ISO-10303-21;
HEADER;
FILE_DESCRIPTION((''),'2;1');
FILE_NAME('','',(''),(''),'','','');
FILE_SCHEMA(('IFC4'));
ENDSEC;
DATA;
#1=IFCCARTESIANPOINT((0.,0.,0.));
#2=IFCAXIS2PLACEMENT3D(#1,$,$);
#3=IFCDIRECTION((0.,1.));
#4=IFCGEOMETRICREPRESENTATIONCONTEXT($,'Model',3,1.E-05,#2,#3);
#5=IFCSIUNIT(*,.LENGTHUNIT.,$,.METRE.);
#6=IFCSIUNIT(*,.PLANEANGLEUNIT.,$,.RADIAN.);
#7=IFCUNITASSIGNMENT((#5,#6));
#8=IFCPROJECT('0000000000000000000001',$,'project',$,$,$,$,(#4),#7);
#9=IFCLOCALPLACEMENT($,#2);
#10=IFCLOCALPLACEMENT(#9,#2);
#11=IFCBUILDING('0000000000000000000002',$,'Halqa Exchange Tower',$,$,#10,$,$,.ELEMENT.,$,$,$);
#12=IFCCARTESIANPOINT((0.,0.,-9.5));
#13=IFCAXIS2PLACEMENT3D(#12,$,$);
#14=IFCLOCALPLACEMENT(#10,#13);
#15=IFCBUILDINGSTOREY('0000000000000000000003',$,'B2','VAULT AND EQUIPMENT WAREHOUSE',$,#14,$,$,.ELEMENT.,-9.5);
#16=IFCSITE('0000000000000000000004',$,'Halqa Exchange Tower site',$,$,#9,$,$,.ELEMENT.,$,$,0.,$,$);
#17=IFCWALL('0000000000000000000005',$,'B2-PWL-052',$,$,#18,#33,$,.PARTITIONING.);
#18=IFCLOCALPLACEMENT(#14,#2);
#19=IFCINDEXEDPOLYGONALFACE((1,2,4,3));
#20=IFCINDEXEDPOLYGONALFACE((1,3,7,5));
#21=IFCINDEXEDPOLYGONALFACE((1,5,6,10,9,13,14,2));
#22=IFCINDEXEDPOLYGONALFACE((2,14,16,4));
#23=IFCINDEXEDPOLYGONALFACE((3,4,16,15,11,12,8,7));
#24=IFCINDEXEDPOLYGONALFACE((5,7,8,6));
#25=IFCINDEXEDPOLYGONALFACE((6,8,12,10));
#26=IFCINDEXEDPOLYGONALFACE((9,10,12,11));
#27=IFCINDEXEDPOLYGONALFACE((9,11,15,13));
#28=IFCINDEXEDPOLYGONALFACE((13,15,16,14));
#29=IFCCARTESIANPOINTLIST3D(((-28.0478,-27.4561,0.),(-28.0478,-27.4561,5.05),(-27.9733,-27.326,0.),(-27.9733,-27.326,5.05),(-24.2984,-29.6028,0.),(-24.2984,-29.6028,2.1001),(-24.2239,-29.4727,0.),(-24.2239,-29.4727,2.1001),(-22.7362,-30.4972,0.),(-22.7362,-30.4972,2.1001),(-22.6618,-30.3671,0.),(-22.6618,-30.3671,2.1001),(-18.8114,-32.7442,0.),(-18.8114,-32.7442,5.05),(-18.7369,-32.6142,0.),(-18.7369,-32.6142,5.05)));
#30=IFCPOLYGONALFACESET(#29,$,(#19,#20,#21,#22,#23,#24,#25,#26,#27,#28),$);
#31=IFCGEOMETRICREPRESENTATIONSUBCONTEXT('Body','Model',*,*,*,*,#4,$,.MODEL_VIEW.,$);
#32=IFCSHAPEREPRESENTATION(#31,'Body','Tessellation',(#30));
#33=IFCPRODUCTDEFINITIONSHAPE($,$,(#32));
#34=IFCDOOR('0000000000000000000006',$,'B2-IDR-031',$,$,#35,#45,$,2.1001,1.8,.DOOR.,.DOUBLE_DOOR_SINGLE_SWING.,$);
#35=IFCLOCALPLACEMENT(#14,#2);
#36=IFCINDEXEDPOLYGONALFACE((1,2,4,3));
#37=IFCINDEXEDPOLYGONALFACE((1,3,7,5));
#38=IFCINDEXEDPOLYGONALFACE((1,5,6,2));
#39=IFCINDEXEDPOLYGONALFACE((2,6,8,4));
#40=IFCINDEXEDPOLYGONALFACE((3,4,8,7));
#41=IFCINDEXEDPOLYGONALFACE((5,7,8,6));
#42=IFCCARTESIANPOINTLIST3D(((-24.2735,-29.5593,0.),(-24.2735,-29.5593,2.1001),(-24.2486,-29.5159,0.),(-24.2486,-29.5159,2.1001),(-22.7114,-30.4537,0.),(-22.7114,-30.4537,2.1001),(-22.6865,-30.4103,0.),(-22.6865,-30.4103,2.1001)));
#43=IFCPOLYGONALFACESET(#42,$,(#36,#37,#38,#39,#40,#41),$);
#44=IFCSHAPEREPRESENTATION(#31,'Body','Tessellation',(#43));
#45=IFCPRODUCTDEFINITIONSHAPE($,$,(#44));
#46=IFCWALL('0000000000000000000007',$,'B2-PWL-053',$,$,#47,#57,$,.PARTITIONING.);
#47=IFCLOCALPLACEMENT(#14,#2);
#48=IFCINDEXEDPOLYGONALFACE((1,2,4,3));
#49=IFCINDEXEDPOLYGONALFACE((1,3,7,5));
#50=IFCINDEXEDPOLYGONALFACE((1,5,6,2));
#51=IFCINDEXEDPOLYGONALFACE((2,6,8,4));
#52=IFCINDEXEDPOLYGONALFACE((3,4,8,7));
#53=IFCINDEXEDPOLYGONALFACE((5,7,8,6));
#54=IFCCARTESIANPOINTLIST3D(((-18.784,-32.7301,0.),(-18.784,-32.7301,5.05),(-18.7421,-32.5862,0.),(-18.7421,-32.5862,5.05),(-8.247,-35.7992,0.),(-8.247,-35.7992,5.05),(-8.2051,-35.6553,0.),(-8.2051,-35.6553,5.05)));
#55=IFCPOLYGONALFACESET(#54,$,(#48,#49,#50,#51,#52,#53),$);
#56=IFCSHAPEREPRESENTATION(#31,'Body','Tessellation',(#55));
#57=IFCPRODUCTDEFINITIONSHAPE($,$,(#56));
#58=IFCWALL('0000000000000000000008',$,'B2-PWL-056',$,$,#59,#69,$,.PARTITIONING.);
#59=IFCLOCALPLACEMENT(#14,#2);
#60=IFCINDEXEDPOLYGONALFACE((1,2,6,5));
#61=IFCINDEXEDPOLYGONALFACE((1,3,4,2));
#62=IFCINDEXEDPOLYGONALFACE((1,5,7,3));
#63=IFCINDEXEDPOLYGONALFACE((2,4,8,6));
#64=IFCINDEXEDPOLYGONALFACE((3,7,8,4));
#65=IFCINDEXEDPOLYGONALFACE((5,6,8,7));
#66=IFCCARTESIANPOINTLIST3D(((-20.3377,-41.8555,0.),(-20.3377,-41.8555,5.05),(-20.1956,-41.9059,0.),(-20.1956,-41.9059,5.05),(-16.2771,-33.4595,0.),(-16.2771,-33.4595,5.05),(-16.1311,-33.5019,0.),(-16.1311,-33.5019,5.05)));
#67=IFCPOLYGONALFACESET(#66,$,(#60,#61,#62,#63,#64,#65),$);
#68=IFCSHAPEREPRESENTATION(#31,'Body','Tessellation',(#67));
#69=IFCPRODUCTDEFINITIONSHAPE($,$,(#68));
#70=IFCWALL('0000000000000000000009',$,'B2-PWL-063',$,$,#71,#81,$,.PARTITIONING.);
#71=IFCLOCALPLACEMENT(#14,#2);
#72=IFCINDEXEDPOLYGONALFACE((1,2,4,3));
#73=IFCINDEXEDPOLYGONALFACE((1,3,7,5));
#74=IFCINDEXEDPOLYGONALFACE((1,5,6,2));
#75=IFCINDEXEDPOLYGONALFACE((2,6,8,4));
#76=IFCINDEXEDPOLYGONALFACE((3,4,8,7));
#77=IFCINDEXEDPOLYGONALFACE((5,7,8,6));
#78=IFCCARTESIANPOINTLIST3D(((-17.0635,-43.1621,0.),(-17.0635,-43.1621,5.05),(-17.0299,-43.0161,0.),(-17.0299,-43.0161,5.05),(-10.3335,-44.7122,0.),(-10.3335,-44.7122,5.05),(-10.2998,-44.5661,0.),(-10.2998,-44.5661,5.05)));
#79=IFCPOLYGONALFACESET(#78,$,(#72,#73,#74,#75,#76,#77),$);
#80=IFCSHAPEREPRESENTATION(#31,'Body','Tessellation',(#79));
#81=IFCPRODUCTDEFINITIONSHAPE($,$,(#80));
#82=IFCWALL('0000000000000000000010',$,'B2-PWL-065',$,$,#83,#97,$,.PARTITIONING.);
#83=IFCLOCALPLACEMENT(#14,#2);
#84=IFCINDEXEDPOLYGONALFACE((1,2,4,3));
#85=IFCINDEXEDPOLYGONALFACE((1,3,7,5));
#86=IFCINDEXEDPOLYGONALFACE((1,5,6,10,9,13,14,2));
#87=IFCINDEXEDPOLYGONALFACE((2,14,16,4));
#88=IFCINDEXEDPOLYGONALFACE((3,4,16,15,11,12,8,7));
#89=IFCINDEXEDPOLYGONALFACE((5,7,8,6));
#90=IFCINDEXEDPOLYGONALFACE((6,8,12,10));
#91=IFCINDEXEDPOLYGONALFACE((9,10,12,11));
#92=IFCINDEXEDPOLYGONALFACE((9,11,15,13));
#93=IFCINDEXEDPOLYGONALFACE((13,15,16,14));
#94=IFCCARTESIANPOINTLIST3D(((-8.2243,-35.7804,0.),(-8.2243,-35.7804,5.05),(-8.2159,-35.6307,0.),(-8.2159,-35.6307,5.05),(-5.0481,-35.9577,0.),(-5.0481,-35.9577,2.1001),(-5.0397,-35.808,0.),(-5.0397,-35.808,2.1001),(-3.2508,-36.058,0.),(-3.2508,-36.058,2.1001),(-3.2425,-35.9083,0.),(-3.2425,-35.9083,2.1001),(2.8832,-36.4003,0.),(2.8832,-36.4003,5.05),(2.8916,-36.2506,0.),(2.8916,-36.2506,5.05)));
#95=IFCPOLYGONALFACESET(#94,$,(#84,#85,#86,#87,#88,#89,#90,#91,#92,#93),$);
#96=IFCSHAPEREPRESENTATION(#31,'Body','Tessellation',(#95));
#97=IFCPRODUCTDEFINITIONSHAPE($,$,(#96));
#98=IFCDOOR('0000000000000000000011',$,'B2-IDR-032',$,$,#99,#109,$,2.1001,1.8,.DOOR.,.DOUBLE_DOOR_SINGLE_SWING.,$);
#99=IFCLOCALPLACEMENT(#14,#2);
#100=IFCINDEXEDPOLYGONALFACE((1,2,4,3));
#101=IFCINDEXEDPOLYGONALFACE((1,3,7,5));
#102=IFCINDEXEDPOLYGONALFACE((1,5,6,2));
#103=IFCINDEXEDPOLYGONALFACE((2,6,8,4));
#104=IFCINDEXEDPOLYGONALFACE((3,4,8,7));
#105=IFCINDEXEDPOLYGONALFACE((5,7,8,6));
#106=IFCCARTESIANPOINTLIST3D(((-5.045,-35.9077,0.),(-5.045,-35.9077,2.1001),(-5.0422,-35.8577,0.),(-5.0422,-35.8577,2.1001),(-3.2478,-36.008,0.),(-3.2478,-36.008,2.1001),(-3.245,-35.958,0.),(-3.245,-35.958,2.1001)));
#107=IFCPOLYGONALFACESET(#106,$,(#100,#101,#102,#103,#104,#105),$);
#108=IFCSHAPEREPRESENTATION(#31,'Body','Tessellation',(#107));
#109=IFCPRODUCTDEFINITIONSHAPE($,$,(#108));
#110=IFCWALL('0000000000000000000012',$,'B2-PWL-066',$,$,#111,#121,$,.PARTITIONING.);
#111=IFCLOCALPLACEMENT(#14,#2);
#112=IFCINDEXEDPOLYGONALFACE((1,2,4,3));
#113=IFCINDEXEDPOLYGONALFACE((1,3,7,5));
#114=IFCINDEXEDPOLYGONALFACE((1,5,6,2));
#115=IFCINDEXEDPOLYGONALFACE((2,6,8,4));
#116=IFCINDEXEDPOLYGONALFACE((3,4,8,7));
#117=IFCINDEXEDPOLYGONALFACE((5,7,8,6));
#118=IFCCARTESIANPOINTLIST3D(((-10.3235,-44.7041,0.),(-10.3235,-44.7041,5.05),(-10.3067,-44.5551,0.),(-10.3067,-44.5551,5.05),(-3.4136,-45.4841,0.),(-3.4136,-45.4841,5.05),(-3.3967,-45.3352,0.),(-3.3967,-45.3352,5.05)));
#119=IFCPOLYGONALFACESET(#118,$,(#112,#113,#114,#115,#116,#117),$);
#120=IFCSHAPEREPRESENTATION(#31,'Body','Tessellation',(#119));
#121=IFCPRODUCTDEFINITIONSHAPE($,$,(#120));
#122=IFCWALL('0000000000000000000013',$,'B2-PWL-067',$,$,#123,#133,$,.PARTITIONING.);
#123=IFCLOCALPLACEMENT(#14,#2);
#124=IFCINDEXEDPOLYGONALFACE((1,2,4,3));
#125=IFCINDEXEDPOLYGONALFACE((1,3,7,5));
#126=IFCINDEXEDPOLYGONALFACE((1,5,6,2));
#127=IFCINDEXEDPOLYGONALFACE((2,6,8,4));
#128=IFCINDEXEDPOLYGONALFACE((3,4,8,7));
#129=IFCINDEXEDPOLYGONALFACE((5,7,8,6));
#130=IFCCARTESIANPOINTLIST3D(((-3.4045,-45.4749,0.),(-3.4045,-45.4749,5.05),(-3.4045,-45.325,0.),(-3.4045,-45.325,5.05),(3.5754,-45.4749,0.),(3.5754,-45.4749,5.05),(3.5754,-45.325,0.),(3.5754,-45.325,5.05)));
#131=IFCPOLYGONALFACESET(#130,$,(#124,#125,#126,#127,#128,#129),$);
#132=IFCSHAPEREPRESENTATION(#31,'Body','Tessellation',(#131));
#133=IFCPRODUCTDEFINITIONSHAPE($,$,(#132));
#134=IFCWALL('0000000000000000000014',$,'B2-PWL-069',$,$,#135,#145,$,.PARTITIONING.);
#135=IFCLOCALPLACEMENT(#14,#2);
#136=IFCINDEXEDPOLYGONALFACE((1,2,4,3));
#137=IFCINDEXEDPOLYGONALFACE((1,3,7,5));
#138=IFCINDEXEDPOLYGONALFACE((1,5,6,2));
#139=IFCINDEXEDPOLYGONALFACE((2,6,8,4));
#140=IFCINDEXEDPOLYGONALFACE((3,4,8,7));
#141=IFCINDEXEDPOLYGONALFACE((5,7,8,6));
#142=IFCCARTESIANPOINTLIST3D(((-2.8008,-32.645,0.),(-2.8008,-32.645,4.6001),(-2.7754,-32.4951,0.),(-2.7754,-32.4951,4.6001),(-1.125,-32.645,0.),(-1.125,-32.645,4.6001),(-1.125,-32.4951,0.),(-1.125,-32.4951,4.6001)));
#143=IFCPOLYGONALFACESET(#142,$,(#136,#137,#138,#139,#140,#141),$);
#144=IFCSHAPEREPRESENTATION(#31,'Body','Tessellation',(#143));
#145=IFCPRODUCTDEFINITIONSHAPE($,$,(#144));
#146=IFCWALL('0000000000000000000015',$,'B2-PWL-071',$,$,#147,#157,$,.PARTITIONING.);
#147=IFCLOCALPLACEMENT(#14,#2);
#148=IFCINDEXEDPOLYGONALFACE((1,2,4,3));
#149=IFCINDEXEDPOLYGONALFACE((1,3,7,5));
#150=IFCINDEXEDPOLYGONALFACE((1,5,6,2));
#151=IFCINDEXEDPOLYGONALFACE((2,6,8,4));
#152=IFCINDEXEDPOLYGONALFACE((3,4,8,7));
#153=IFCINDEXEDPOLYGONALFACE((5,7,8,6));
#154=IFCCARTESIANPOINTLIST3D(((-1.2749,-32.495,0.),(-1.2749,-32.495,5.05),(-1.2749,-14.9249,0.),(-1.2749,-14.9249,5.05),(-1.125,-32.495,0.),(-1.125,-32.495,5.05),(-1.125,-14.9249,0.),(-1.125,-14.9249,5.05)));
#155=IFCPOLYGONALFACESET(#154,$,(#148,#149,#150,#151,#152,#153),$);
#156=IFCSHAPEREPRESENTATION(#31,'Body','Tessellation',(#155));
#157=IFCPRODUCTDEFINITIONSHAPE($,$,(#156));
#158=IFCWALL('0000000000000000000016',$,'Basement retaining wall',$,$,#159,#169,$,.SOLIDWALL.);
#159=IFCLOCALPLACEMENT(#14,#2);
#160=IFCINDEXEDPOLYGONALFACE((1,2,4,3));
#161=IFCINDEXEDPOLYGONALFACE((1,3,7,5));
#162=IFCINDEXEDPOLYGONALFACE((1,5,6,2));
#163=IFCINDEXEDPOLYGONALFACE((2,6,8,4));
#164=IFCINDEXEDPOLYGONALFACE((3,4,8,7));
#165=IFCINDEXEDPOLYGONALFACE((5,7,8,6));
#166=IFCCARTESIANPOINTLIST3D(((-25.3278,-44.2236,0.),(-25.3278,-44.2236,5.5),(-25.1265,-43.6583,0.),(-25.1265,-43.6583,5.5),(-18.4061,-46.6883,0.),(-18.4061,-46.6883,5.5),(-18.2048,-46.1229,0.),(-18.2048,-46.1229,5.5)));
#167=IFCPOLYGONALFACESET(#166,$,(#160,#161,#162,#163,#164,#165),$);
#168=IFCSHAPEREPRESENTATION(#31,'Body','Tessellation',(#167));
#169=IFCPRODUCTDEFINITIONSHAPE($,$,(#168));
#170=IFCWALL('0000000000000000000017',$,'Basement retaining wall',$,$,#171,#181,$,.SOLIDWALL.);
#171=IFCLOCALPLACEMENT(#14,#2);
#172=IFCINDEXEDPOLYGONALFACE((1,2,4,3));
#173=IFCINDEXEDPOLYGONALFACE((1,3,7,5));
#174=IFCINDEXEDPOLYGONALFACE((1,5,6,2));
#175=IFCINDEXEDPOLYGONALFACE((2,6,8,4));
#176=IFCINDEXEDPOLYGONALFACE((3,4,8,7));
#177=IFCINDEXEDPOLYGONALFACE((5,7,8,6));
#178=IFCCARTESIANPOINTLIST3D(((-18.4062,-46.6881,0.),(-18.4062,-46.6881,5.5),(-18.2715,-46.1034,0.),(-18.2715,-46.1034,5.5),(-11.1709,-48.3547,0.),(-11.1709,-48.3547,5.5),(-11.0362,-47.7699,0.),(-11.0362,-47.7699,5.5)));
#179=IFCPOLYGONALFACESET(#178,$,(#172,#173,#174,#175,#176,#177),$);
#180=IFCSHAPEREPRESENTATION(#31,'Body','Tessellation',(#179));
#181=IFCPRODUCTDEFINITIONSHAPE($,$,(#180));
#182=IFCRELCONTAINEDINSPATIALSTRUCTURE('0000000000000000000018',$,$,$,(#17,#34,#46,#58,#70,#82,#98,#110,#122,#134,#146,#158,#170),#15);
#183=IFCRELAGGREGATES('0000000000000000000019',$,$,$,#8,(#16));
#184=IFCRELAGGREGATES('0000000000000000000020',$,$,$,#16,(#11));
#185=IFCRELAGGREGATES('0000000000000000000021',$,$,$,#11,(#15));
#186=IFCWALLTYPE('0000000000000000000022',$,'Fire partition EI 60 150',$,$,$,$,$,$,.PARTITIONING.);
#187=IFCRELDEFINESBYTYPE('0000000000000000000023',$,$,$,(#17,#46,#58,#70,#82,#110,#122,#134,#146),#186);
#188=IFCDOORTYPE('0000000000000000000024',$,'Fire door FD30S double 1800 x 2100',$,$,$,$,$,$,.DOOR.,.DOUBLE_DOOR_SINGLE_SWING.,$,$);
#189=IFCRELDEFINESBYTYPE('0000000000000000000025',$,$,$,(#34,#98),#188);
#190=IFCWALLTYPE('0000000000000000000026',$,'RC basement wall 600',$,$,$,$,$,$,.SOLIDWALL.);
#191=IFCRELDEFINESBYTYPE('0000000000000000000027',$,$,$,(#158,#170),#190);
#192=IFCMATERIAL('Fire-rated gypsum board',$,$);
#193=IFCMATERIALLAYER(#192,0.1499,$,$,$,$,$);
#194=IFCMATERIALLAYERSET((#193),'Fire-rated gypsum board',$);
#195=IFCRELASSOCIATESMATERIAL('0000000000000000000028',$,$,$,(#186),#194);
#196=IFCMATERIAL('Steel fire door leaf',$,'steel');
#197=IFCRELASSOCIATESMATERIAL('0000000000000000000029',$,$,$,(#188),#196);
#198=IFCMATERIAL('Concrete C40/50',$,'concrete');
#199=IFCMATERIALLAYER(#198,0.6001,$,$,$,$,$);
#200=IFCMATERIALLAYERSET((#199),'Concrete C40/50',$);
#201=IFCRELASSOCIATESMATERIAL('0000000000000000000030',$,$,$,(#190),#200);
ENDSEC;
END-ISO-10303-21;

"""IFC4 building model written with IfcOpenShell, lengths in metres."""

from ifc_helpers import new_model, si_unit, direction, frame, frame_2d, origin, place, context, subcontext, project, spatial, polyline, rectangle, outline, extrude, material, layer, layer_set, type_object, element, fill, save


model = new_model("IFC4")

# Units and contexts
model_context = context("Model", 3, precision=1e-05, world=origin(), true_north=direction((0.0, 1.0)))
body_context = subcontext(model_context, "Body", "Model", "MODEL_VIEW")
ifc_project = project(units=[si_unit("LENGTHUNIT", "METRE"), si_unit("PLANEANGLEUNIT", "RADIAN")], contexts=[model_context])

# Site, building, storey
site_placement = place(None, origin())
site = spatial("IfcSite", under=ifc_project, at=site_placement, Name="Halqa Exchange Tower site", CompositionType="ELEMENT", RefElevation=0.0)
building_placement = place(site_placement, origin())
building = spatial("IfcBuilding", under=site, at=building_placement, Name="Halqa Exchange Tower", CompositionType="ELEMENT")
storey_placement = place(building_placement, frame((0.0, 0.0, -9.5)))
storey = spatial("IfcBuildingStorey", under=building, at=storey_placement, Name="B2", Description="VAULT AND EQUIPMENT WAREHOUSE", CompositionType="ELEMENT", Elevation=-9.5)

# Shared definitions
ifc_material_1 = material(Name="Fire-rated gypsum board")
ifc_layer_1 = layer(ifc_material_1, 0.1499)
ifc_layer_set_1 = layer_set([ifc_layer_1], Name="Fire-rated gypsum board")
wall_type_1 = type_object("IfcWallType", Name="Fire partition EI 60 150", PredefinedType="PARTITIONING", material=ifc_layer_set_1)

# Wall, opening, door
wall_1_placement = place(storey_placement, frame((-18.7742, -32.6792, 0.0), z_axis=(0.0, 0.0, 1.0), x_axis=(-0.867831, 0.49686, 0.0)))
wall_1 = element("IfcWall", 1, at=wall_1_placement, inside=storey, type_object=wall_type_1, Name="B2-PWL-052", PredefinedType="PARTITIONING", context=body_context, shape_type="SweptSolid", body=[
    extrude(rectangle(XDim=10.6431, YDim=0.1499, at=frame_2d((5.3215, 0.0))), origin(), (0.0, 0.0, 1.0), 5.05),
])
opening_1_placement = place(wall_1_placement, frame((4.5227, 0.0, 0.0)))
opening_1 = element("IfcOpeningElement", 2, at=opening_1_placement, cuts=wall_1, PredefinedType="OPENING", context=body_context, shape_type="SweptSolid", body=[
    extrude(rectangle(XDim=1.8, YDim=2.1001, at=frame_2d((0.8999, 1.05))), frame((0.0, 0.0869, 0.0), z_axis=(0.0, -1.0, 0.0), x_axis=(1.0, 0.0, 0.0)), (0.0, 0.0, 1.0), 0.1738),
])
ifc_material_2 = material(Name="Steel fire door leaf", Category="steel")
door_type = type_object("IfcDoorType", Name="Fire door FD30S double 1800 x 2100", OperationType="DOUBLE_DOOR_SINGLE_SWING", PredefinedType="DOOR", material=ifc_material_2)
door_1_placement = place(opening_1_placement, origin())
door_1 = element("IfcDoor", 3, at=door_1_placement, inside=storey, type_object=door_type, Name="B2-IDR-031", OperationType="DOUBLE_DOOR_SINGLE_SWING", OverallHeight=2.1001, OverallWidth=1.8, PredefinedType="DOOR", context=body_context, shape_type="SweptSolid", body=[
    extrude(rectangle(XDim=1.8, YDim=2.1001, at=frame_2d((0.8999, 1.05))), frame((0.0, 0.0249, 0.0), z_axis=(0.0, -1.0, 0.0), x_axis=(1.0, 0.0, 0.0)), (0.0, 0.0, 1.0), 0.05),
])
fill(opening_1, door_1)

# Walls
wall_2_placement = place(storey_placement, frame((-18.7629, -32.6582, 0.0), z_axis=(0.0, 0.0, 1.0), x_axis=(0.960104, -0.279645, 0.0)))
element("IfcWall", 4, at=wall_2_placement, inside=storey, type_object=wall_type_1, Name="B2-PWL-053", PredefinedType="PARTITIONING", context=body_context, shape_type="SweptSolid", body=[
    extrude(rectangle(XDim=10.9749, YDim=0.1499, at=frame_2d((5.4873, 0.0))), origin(), (0.0, 0.0, 1.0), 5.05),
])
wall_3_placement = place(storey_placement, frame((-16.2041, -33.4807, 0.0), z_axis=(0.0, 0.0, 1.0), x_axis=(-0.43539, -0.900242, 0.0)))
element("IfcWall", 5, at=wall_3_placement, inside=storey, type_object=wall_type_1, Name="B2-PWL-056", PredefinedType="PARTITIONING", context=body_context, shape_type="SweptSolid", body=[
    extrude(outline(polyline([(0.0127, -0.075), (9.3391, -0.075), (9.3225, 0.075), (-0.0127, 0.075), (0.0127, -0.075)])), origin(), (0.0, 0.0, 1.0), 5.05),
])
wall_4_placement = place(storey_placement, frame((-10.3167, -44.6392, 0.0), z_axis=(0.0, 0.0, 1.0), x_axis=(-0.974487, 0.224444, 0.0)))
element("IfcWall", 6, at=wall_4_placement, inside=storey, type_object=wall_type_1, Name="B2-PWL-063", PredefinedType="PARTITIONING", context=body_context, shape_type="SweptSolid", body=[
    extrude(rectangle(XDim=6.9062, YDim=0.1499, at=frame_2d((3.4531, 0.0))), origin(), (0.0, 0.0, 1.0), 5.05),
])

# Wall, opening, door
wall_5_placement = place(storey_placement, frame((-8.2202, -35.7056, 0.0), z_axis=(0.0, 0.0, 1.0), x_axis=(0.998446, -0.05572, 0.0)))
wall_5 = element("IfcWall", 7, at=wall_5_placement, inside=storey, type_object=wall_type_1, Name="B2-PWL-065", PredefinedType="PARTITIONING", context=body_context, shape_type="SweptSolid", body=[
    extrude(rectangle(XDim=11.1248, YDim=0.1499, at=frame_2d((5.5625, 0.0))), origin(), (0.0, 0.0, 1.0), 5.05),
])
opening_2_placement = place(wall_5_placement, frame((3.1814, 0.0, 0.0)))
opening_2 = element("IfcOpeningElement", 8, at=opening_2_placement, cuts=wall_5, PredefinedType="OPENING", context=body_context, shape_type="SweptSolid", body=[
    extrude(rectangle(XDim=1.8, YDim=2.1001, at=frame_2d((0.8999, 1.05))), frame((0.0, 0.0869, 0.0), z_axis=(0.0, -1.0, 0.0), x_axis=(1.0, 0.0, 0.0)), (0.0, 0.0, 1.0), 0.1738),
])
door_2_placement = place(opening_2_placement, frame((1.8, 0.0, 0.0), z_axis=(0.0, 0.0, 1.0), x_axis=(-1.0, 0.0, 0.0)))
door_2 = element("IfcDoor", 9, at=door_2_placement, inside=storey, type_object=door_type, Name="B2-IDR-032", OperationType="DOUBLE_DOOR_SINGLE_SWING", OverallHeight=2.1001, OverallWidth=1.8, PredefinedType="DOOR", context=body_context, shape_type="SweptSolid", body=[
    extrude(rectangle(XDim=1.8, YDim=2.1001, at=frame_2d((0.8999, 1.05))), frame((0.0, 0.0249, 0.0), z_axis=(0.0, -1.0, 0.0), x_axis=(1.0, 0.0, 0.0)), (0.0, 0.0, 1.0), 0.05),
])
fill(opening_2, door_2)

# Walls
wall_6_placement = place(storey_placement, frame((-3.405, -45.4097, 0.0), z_axis=(0.0, 0.0, 1.0), x_axis=(-0.993689, 0.112173, 0.0)))
element("IfcWall", 10, at=wall_6_placement, inside=storey, type_object=wall_type_1, Name="B2-PWL-066", PredefinedType="PARTITIONING", context=body_context, shape_type="SweptSolid", body=[
    extrude(rectangle(XDim=6.9539, YDim=0.1499, at=frame_2d((3.4771, 0.0))), origin(), (0.0, 0.0, 1.0), 5.05),
])
wall_7_placement = place(storey_placement, frame((-3.4045, -45.3999, 0.0), z_axis=(0.0, 0.0, 1.0), x_axis=(1.0, 0.0, 0.0)))
element("IfcWall", 11, at=wall_7_placement, inside=storey, type_object=wall_type_1, Name="B2-PWL-067", PredefinedType="PARTITIONING", context=body_context, shape_type="SweptSolid", body=[
    extrude(rectangle(XDim=6.98, YDim=0.1499, at=frame_2d((3.49, 0.0))), origin(), (0.0, 0.0, 1.0), 5.05),
])
wall_8_placement = place(storey_placement, frame((-2.7881, -32.5701, 0.0), z_axis=(0.0, 0.0, 1.0), x_axis=(1.0, 0.0, 0.0)))
element("IfcWall", 12, at=wall_8_placement, inside=storey, type_object=wall_type_1, Name="B2-PWL-069", PredefinedType="PARTITIONING", context=body_context, shape_type="SweptSolid", body=[
    extrude(outline(polyline([(-0.0127, -0.075), (1.6631, -0.075), (1.6631, 0.075), (0.0127, 0.075), (-0.0127, -0.075)])), origin(), (0.0, 0.0, 1.0), 4.6001),
])
wall_9_placement = place(storey_placement, frame((-1.2, -32.4951, 0.0), z_axis=(0.0, 0.0, 1.0), x_axis=(0.0, 1.0, 0.0)))
element("IfcWall", 13, at=wall_9_placement, inside=storey, type_object=wall_type_1, Name="B2-PWL-071", PredefinedType="PARTITIONING", context=body_context, shape_type="SweptSolid", body=[
    extrude(rectangle(XDim=17.5701, YDim=0.1499, at=frame_2d((8.7852, 0.0))), origin(), (0.0, 0.0, 1.0), 5.05),
])
ifc_material_3 = material(Name="Concrete C40/50", Category="concrete")
ifc_layer_2 = layer(ifc_material_3, 0.6001)
ifc_layer_set_2 = layer_set([ifc_layer_2], Name="Concrete C40/50")
wall_type_2 = type_object("IfcWallType", Name="RC basement wall 600", PredefinedType="SOLIDWALL", material=ifc_layer_set_2)
wall_10_placement = place(storey_placement, frame((-25.2273, -43.9409, 0.0), z_axis=(0.0, 0.0, 1.0), x_axis=(0.942061, -0.335442, 0.0)))
element("IfcWall", 14, at=wall_10_placement, inside=storey, type_object=wall_type_2, Name="Basement retaining wall", PredefinedType="SOLIDWALL", context=body_context, shape_type="SweptSolid", body=[
    extrude(rectangle(XDim=7.3474, YDim=0.6001, at=frame_2d((3.6738, 0.0))), origin(), (0.0, 0.0, 1.0), 5.5),
])
wall_11_placement = place(storey_placement, frame((-18.3389, -46.3958, 0.0), z_axis=(0.0, 0.0, 1.0), x_axis=(0.974485, -0.224451, 0.0)))
element("IfcWall", 15, at=wall_11_placement, inside=storey, type_object=wall_type_2, Name="Basement retaining wall", PredefinedType="SOLIDWALL", context=body_context, shape_type="SweptSolid", body=[
    extrude(rectangle(XDim=7.4248, YDim=0.6001, at=frame_2d((3.7124, 0.0))), origin(), (0.0, 0.0, 1.0), 5.5),
])

save(model, "model.ifc")
